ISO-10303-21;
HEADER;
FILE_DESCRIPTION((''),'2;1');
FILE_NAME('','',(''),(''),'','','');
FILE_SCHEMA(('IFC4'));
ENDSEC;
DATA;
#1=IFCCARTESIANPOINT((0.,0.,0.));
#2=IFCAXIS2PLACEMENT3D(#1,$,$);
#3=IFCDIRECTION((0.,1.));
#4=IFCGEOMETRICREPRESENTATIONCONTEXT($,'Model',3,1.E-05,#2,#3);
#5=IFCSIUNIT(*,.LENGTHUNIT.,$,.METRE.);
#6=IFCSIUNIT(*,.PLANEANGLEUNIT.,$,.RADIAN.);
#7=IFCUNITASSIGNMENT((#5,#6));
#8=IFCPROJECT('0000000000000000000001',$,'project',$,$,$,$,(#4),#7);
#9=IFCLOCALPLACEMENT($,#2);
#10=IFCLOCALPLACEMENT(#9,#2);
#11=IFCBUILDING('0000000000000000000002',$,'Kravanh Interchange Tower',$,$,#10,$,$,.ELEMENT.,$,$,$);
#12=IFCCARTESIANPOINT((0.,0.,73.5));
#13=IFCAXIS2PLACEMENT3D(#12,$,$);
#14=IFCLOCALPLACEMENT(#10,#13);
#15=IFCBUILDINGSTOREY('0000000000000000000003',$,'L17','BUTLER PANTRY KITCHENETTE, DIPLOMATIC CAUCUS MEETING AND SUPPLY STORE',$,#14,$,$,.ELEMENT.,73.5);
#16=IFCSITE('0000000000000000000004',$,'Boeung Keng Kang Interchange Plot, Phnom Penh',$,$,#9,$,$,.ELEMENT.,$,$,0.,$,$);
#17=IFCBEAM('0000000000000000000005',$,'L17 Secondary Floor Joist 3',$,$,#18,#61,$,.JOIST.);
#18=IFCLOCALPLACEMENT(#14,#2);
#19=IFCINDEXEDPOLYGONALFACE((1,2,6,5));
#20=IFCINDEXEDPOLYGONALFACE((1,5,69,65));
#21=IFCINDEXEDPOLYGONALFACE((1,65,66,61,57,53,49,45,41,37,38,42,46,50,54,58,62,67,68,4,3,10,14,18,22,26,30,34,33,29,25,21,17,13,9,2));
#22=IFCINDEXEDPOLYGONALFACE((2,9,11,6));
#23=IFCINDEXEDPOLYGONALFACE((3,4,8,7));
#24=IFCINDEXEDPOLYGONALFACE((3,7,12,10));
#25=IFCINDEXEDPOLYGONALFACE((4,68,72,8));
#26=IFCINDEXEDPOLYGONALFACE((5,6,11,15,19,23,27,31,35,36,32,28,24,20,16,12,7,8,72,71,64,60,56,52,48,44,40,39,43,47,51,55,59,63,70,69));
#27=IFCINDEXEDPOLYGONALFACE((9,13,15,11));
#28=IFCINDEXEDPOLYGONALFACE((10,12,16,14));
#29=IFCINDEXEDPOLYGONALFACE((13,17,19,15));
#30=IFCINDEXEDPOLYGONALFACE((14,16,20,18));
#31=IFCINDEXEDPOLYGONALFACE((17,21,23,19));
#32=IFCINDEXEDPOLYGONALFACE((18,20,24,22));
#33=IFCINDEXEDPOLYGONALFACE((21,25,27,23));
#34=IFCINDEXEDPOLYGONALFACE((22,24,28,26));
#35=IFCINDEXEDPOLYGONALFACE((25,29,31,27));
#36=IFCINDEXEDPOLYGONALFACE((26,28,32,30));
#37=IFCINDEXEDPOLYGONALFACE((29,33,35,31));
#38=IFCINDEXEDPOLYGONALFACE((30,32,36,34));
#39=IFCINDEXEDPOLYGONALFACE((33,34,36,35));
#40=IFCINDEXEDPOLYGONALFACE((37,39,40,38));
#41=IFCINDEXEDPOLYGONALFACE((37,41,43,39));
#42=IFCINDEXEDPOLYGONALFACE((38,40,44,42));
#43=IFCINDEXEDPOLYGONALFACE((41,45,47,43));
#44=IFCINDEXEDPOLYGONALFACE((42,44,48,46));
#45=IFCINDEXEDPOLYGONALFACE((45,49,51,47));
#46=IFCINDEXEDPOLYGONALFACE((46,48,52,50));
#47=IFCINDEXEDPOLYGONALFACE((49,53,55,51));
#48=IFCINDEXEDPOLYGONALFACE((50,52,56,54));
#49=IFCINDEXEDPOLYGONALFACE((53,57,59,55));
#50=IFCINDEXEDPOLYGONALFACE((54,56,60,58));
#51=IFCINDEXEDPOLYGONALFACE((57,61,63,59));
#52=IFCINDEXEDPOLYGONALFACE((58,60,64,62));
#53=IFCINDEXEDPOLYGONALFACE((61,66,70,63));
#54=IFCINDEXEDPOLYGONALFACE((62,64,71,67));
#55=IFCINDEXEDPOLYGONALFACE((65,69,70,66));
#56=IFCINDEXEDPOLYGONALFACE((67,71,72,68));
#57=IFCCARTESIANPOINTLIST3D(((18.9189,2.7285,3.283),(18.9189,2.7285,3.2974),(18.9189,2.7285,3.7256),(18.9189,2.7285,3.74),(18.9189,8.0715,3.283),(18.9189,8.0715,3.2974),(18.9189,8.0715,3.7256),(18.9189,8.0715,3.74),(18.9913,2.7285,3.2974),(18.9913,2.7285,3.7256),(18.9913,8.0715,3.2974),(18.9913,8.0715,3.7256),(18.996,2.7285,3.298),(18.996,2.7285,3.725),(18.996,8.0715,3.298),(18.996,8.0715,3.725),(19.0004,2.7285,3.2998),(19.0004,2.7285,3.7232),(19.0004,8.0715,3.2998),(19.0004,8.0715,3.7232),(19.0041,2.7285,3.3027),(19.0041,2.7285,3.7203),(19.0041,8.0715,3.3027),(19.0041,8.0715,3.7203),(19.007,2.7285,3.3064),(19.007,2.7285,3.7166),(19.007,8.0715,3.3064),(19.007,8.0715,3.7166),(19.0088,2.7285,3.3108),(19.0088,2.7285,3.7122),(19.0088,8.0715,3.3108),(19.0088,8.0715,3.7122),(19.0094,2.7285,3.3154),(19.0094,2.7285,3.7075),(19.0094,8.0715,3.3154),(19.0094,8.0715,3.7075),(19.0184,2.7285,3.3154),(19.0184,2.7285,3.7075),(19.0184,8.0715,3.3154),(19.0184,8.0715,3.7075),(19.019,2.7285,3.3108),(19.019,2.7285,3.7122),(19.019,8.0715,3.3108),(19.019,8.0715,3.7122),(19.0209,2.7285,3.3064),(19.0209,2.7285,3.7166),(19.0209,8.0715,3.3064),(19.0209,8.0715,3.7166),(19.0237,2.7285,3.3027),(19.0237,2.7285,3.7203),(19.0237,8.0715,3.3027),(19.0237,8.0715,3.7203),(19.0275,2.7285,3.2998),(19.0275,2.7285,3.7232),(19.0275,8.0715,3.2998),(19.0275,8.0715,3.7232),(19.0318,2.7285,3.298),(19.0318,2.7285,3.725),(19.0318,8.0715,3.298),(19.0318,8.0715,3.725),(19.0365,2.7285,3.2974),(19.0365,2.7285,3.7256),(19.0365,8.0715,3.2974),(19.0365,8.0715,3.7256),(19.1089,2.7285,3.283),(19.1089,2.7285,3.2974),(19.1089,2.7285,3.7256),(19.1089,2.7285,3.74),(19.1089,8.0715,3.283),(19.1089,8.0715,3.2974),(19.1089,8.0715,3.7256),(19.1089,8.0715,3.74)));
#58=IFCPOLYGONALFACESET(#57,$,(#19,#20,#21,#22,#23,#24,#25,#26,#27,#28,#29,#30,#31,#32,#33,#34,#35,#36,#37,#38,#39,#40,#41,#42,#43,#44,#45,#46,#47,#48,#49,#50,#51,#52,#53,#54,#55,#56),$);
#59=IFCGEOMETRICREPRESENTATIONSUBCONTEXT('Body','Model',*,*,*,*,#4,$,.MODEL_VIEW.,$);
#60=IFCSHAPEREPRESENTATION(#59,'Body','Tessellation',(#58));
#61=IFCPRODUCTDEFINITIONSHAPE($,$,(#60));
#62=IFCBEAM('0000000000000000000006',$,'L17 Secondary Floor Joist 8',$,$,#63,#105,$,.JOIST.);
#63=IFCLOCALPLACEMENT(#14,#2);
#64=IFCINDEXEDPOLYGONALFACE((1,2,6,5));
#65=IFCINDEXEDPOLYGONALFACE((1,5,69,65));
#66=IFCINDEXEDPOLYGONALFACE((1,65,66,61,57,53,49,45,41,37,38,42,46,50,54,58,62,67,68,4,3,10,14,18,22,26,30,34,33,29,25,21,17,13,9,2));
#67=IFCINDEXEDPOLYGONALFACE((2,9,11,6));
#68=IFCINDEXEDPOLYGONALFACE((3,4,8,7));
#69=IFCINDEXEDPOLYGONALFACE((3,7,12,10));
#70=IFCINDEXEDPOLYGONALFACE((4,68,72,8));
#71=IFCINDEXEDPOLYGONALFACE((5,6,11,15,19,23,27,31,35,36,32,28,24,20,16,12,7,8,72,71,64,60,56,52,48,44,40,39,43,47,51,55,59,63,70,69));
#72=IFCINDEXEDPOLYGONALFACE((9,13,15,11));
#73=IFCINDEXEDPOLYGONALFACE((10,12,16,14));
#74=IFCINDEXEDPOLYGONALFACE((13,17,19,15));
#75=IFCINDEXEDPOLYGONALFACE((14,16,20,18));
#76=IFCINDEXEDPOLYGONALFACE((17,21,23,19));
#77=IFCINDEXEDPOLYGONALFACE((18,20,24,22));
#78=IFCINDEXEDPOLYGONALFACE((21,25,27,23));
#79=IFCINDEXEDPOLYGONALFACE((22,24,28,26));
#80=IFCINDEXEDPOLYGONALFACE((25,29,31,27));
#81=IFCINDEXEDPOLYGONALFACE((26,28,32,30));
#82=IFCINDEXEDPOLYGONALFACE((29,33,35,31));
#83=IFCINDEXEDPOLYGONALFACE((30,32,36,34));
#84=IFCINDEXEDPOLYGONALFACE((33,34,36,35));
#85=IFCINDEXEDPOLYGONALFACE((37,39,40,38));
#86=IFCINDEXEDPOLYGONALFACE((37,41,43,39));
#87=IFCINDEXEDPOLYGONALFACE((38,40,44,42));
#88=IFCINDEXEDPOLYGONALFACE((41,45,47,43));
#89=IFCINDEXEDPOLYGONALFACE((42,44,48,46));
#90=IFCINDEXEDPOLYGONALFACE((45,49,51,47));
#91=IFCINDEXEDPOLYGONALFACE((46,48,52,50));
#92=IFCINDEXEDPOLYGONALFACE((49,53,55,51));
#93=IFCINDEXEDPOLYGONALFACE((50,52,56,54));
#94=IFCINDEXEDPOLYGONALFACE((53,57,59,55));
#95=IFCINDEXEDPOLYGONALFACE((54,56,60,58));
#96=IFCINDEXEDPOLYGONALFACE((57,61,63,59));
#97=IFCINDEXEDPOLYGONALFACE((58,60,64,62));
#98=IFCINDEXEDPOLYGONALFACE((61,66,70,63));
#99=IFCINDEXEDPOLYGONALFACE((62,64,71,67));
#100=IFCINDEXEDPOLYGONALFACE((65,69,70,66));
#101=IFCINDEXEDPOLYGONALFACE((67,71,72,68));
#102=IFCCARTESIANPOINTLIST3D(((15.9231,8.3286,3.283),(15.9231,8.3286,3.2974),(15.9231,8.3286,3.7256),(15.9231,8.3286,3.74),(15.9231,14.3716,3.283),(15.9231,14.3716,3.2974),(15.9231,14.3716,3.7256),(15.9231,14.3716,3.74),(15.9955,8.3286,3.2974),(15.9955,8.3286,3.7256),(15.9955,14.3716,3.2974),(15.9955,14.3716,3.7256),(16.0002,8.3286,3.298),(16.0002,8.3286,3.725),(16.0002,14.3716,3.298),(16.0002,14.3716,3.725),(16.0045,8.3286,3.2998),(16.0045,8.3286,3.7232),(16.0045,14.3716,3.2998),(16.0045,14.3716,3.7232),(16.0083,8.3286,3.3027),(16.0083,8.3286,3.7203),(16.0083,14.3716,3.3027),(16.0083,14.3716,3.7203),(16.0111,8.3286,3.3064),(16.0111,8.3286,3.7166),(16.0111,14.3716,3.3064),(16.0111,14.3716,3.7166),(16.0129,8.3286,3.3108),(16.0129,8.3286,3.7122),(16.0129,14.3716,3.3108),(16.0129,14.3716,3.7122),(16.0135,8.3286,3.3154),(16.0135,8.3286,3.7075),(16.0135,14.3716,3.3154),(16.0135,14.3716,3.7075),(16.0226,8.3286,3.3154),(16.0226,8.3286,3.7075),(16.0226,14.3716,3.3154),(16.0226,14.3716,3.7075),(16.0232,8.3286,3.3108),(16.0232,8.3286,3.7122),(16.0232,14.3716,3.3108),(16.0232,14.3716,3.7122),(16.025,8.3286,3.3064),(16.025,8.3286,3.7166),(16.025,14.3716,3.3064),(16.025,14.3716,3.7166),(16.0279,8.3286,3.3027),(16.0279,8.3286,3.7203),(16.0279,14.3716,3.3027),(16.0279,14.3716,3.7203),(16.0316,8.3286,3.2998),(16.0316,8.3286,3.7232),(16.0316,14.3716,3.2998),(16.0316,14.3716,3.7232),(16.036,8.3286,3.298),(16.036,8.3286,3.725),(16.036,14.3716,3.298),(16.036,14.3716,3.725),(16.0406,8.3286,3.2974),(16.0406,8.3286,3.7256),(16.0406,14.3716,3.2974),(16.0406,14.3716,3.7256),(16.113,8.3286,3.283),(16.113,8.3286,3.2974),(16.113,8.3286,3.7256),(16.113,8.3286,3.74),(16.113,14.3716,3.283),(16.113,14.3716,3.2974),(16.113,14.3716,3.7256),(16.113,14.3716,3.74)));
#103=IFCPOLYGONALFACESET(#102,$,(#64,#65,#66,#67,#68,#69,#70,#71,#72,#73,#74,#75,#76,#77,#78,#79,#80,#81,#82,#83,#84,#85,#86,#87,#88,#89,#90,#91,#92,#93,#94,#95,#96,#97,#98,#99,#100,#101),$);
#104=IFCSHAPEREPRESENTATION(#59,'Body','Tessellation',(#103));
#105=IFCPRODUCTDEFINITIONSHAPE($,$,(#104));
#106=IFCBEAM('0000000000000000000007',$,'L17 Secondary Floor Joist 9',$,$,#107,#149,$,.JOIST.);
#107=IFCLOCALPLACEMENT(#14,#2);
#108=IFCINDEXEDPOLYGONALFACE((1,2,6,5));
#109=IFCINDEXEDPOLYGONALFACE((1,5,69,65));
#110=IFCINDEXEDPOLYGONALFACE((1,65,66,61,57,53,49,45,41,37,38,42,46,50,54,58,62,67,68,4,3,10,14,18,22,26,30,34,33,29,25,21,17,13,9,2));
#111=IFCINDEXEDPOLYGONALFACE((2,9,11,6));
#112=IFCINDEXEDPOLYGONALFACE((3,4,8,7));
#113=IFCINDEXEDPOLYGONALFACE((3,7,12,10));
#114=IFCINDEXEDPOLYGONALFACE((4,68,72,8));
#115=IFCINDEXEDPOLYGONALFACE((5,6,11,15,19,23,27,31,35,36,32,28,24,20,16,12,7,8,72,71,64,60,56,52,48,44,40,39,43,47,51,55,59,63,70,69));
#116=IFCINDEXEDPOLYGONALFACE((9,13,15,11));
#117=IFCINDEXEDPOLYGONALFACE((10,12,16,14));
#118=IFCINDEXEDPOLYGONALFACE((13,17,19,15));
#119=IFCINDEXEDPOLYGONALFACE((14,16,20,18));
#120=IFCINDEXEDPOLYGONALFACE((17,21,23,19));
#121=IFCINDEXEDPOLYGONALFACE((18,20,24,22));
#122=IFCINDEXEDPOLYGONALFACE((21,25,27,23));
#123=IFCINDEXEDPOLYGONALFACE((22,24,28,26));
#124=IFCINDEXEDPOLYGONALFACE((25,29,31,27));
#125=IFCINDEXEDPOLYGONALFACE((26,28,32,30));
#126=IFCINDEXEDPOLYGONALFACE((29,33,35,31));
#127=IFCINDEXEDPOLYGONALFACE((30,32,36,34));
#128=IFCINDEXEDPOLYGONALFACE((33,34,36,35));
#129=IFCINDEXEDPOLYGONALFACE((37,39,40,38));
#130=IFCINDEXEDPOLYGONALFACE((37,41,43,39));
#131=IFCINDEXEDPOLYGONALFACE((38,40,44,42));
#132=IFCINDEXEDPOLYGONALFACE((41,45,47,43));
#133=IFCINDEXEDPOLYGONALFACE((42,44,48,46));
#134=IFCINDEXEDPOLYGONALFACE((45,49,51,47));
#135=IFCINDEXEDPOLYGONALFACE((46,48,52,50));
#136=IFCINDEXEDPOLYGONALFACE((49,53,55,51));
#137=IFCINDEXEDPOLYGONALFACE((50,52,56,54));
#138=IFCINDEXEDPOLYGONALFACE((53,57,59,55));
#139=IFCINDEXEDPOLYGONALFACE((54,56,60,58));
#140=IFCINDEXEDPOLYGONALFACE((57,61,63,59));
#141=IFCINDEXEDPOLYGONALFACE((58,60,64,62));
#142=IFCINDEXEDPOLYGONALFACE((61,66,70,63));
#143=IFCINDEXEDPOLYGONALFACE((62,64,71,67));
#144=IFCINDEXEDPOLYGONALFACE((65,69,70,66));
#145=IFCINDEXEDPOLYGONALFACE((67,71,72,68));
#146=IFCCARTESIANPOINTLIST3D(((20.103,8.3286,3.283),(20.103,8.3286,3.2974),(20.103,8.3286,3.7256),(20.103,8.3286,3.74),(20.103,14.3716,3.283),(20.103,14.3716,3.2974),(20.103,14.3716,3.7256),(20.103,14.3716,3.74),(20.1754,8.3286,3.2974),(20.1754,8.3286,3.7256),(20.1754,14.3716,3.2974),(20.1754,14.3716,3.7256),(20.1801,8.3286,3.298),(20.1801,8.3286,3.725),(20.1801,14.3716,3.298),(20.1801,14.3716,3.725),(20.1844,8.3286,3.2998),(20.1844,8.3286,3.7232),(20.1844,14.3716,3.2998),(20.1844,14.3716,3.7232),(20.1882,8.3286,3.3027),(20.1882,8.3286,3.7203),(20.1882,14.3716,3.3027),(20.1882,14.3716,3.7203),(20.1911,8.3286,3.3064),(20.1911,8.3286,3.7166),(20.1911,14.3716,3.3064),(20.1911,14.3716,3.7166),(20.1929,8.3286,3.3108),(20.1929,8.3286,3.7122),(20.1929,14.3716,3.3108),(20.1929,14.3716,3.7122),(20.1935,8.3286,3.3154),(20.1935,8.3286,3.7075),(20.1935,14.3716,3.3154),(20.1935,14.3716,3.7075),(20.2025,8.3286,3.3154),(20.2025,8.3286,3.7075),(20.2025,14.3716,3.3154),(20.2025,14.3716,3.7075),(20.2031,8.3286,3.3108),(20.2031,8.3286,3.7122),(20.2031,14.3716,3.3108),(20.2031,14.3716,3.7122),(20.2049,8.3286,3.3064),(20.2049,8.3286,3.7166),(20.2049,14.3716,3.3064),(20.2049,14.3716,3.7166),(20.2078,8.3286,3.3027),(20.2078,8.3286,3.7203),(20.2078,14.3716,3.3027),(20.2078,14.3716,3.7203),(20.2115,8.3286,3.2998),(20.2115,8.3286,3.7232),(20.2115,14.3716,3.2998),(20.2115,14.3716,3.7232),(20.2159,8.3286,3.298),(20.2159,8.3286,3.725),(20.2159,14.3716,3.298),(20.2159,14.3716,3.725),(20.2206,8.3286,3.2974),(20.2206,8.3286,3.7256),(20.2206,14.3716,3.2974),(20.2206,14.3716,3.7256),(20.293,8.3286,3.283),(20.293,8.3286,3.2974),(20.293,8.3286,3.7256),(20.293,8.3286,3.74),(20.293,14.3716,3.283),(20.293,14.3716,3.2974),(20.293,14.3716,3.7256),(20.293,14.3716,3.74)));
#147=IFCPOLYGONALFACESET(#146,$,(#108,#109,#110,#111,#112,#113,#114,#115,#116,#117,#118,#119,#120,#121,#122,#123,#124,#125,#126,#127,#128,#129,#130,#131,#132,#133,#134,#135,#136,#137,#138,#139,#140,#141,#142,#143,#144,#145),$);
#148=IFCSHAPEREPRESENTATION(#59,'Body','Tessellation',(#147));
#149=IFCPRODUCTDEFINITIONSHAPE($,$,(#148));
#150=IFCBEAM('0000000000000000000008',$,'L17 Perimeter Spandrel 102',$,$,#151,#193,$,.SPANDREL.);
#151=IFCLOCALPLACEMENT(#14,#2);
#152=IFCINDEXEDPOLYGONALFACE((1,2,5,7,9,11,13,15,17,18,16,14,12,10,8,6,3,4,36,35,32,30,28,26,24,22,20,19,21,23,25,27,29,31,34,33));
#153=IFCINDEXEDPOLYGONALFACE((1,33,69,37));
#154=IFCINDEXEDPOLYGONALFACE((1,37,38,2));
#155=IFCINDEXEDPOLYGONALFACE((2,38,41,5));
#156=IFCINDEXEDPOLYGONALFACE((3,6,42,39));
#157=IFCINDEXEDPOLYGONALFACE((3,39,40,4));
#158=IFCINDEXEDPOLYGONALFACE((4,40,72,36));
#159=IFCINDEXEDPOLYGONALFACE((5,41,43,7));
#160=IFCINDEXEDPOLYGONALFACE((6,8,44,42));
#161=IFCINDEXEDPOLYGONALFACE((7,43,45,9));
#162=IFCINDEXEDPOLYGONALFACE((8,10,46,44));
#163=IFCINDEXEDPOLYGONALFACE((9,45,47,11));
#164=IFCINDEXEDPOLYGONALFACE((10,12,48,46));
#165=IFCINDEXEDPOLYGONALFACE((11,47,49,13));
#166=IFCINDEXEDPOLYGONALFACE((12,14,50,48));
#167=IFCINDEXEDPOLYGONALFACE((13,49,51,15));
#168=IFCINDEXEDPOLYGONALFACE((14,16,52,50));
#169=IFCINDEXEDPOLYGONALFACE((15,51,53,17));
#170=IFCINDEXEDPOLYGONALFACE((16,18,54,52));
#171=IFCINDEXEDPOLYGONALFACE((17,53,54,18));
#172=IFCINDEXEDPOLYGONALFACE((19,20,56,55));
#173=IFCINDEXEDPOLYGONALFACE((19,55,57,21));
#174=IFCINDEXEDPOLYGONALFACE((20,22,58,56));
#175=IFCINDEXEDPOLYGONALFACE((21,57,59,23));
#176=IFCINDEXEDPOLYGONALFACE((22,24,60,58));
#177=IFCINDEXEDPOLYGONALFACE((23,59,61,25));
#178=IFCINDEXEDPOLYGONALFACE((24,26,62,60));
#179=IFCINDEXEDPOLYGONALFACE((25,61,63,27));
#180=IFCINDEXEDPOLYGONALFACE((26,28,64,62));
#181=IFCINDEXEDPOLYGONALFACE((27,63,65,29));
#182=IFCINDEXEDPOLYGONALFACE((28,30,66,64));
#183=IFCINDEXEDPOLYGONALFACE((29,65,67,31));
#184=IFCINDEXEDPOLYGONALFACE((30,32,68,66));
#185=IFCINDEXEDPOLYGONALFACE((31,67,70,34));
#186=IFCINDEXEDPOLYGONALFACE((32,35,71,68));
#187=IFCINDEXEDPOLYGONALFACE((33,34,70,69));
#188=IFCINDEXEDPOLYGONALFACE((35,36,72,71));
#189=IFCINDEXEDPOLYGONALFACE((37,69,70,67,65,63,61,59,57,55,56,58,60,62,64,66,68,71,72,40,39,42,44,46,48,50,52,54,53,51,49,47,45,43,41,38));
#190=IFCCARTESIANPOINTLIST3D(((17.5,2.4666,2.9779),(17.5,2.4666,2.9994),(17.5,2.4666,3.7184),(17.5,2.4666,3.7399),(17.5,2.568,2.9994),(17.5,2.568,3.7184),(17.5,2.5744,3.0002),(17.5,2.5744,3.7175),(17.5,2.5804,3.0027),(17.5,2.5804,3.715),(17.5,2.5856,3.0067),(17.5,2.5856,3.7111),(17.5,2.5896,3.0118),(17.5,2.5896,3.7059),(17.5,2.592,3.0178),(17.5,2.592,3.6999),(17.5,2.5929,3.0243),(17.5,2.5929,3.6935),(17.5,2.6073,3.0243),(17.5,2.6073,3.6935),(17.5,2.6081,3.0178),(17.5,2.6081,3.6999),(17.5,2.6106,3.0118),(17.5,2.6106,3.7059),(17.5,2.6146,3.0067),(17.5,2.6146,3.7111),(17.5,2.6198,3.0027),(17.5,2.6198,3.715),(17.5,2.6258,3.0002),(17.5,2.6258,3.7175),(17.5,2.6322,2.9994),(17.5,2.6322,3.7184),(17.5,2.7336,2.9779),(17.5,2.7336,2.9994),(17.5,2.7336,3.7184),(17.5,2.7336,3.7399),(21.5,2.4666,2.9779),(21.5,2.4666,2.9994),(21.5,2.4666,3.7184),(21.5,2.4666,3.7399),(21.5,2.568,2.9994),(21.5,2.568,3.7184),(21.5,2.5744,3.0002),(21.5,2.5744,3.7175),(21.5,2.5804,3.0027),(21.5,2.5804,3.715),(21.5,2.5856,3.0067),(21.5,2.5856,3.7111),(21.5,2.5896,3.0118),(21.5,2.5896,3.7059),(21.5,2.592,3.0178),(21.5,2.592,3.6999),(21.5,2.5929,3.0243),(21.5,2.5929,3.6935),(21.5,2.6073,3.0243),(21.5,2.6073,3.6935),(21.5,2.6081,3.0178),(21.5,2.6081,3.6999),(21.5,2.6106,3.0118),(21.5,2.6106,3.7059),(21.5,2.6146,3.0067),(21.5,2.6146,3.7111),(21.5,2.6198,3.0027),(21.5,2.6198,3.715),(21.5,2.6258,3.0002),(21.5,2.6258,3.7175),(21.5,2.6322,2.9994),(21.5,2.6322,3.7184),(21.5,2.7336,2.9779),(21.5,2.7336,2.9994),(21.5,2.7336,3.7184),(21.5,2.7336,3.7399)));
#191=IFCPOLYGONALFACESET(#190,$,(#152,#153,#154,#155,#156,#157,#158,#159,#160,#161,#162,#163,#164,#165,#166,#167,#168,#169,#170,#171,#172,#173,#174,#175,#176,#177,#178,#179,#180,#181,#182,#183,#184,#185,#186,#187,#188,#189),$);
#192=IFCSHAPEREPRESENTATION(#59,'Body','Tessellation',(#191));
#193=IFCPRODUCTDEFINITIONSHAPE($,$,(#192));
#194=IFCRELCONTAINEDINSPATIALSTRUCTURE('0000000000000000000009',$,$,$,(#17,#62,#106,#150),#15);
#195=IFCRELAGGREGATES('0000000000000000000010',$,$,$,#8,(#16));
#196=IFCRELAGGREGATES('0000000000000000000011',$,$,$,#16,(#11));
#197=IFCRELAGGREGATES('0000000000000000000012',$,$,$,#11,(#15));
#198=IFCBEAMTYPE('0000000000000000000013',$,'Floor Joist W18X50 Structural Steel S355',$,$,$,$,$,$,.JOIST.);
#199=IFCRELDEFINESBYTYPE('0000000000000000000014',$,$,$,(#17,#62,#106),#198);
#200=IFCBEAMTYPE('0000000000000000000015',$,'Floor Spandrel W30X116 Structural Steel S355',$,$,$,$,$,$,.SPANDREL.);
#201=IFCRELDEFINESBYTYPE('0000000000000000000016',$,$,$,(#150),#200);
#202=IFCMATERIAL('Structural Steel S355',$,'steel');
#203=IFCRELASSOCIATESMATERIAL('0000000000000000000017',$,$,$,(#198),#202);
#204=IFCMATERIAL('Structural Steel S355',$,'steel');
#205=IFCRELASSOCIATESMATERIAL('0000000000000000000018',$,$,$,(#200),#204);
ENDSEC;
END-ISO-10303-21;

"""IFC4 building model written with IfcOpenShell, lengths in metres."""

from ifc_helpers import new_model, si_unit, direction, frame, origin, origin_2d, place, context, subcontext, project, spatial, i_section, extrude, material, material_profile, profile_set, type_object, element, save


model = new_model("IFC4")

# Units and contexts
model_context = context("Model", 3, precision=1e-05, world=origin(), true_north=direction((0.0, 1.0)))
body_context = subcontext(model_context, "Body", "Model", "MODEL_VIEW")
ifc_project = project(units=[si_unit("LENGTHUNIT", "METRE"), si_unit("PLANEANGLEUNIT", "RADIAN")], contexts=[model_context])

# Site, building, storey
site_placement = place(None, origin())
site = spatial("IfcSite", under=ifc_project, at=site_placement, Name="Boeung Keng Kang Interchange Plot, Phnom Penh", CompositionType="ELEMENT", RefElevation=0.0)
building_placement = place(site_placement, origin())
building = spatial("IfcBuilding", under=site, at=building_placement, Name="Kravanh Interchange Tower", CompositionType="ELEMENT")
storey_placement = place(building_placement, frame((0.0, 0.0, 73.5)))
storey = spatial("IfcBuildingStorey", under=building, at=storey_placement, Name="L17", Description="BUTLER PANTRY KITCHENETTE, DIPLOMATIC CAUCUS MEETING AND SUPPLY STORE", CompositionType="ELEMENT", Elevation=73.5)

# Beams
ifc_material_1 = material(Name="Structural Steel S355", Category="steel")
ifc_material_profile_1 = material_profile(ifc_material_1, i_section(OverallWidth=0.1899, OverallDepth=0.457, WebThickness=0.009, FlangeThickness=0.0144, FilletRadius=0.0181, at=origin_2d()), Name="W18X50")
ifc_profile_set_1 = profile_set([ifc_material_profile_1], Name="Structural Steel S355")
beam_type_1 = type_object("IfcBeamType", Name="Floor Joist W18X50 Structural Steel S355", PredefinedType="JOIST", material=ifc_profile_set_1)
for number, where, z_axis, x_axis, name in (
    (1, (19.0139, 2.7285, 3.5115), (0.0, 1.0, 0.0), (-1.0, 0.0, 0.0), "L17 Secondary Floor Joist 3"),
):
    element("IfcBeam", number, at=place(storey_placement, frame(where, z_axis=z_axis, x_axis=x_axis)), inside=storey, type_object=beam_type_1, Name=name, PredefinedType="JOIST", context=body_context, shape_type="SweptSolid", body=[
        extrude(i_section(OverallWidth=0.1899, OverallDepth=0.457, WebThickness=0.009, FlangeThickness=0.0144, FilletRadius=0.0181, at=origin_2d()), origin(), (0.0, 0.0, 1.0), 5.343),
    ])
for number, where, z_axis, x_axis, name in (
    (2, (16.0181, 8.3286, 3.5115), (0.0, 1.0, 0.0), (-1.0, 0.0, 0.0), "L17 Secondary Floor Joist 8"),
    (3, (20.198, 8.3286, 3.5115), (0.0, 1.0, 0.0), (-1.0, 0.0, 0.0), "L17 Secondary Floor Joist 9"),
):
    element("IfcBeam", number, at=place(storey_placement, frame(where, z_axis=z_axis, x_axis=x_axis)), inside=storey, type_object=beam_type_1, Name=name, PredefinedType="JOIST", context=body_context, shape_type="SweptSolid", body=[
        extrude(i_section(OverallWidth=0.1899, OverallDepth=0.457, WebThickness=0.009, FlangeThickness=0.0144, FilletRadius=0.0181, at=origin_2d()), origin(), (0.0, 0.0, 1.0), 6.043),
    ])
ifc_material_2 = material(Name="Structural Steel S355", Category="steel")
ifc_material_profile_2 = material_profile(ifc_material_2, i_section(OverallWidth=0.2671, OverallDepth=0.762, WebThickness=0.0144, FlangeThickness=0.0215, FilletRadius=0.0249, at=origin_2d()), Name="W30X116")
ifc_profile_set_2 = profile_set([ifc_material_profile_2], Name="Structural Steel S355")
beam_type_2 = type_object("IfcBeamType", Name="Floor Spandrel W30X116 Structural Steel S355", PredefinedType="SPANDREL", material=ifc_profile_set_2)
beam_1_placement = place(storey_placement, frame((17.5, 2.6001, 3.3589), z_axis=(1.0, 0.0, 0.0), x_axis=(0.0, 1.0, 0.0)))
element("IfcBeam", 4, at=beam_1_placement, inside=storey, type_object=beam_type_2, Name="L17 Perimeter Spandrel 102", PredefinedType="SPANDREL", context=body_context, shape_type="SweptSolid", body=[
    extrude(i_section(OverallWidth=0.2671, OverallDepth=0.762, WebThickness=0.0144, FlangeThickness=0.0215, FilletRadius=0.0249, at=origin_2d()), origin(), (0.0, 0.0, 1.0), 4.0),
])

save(model, "model.ifc")
